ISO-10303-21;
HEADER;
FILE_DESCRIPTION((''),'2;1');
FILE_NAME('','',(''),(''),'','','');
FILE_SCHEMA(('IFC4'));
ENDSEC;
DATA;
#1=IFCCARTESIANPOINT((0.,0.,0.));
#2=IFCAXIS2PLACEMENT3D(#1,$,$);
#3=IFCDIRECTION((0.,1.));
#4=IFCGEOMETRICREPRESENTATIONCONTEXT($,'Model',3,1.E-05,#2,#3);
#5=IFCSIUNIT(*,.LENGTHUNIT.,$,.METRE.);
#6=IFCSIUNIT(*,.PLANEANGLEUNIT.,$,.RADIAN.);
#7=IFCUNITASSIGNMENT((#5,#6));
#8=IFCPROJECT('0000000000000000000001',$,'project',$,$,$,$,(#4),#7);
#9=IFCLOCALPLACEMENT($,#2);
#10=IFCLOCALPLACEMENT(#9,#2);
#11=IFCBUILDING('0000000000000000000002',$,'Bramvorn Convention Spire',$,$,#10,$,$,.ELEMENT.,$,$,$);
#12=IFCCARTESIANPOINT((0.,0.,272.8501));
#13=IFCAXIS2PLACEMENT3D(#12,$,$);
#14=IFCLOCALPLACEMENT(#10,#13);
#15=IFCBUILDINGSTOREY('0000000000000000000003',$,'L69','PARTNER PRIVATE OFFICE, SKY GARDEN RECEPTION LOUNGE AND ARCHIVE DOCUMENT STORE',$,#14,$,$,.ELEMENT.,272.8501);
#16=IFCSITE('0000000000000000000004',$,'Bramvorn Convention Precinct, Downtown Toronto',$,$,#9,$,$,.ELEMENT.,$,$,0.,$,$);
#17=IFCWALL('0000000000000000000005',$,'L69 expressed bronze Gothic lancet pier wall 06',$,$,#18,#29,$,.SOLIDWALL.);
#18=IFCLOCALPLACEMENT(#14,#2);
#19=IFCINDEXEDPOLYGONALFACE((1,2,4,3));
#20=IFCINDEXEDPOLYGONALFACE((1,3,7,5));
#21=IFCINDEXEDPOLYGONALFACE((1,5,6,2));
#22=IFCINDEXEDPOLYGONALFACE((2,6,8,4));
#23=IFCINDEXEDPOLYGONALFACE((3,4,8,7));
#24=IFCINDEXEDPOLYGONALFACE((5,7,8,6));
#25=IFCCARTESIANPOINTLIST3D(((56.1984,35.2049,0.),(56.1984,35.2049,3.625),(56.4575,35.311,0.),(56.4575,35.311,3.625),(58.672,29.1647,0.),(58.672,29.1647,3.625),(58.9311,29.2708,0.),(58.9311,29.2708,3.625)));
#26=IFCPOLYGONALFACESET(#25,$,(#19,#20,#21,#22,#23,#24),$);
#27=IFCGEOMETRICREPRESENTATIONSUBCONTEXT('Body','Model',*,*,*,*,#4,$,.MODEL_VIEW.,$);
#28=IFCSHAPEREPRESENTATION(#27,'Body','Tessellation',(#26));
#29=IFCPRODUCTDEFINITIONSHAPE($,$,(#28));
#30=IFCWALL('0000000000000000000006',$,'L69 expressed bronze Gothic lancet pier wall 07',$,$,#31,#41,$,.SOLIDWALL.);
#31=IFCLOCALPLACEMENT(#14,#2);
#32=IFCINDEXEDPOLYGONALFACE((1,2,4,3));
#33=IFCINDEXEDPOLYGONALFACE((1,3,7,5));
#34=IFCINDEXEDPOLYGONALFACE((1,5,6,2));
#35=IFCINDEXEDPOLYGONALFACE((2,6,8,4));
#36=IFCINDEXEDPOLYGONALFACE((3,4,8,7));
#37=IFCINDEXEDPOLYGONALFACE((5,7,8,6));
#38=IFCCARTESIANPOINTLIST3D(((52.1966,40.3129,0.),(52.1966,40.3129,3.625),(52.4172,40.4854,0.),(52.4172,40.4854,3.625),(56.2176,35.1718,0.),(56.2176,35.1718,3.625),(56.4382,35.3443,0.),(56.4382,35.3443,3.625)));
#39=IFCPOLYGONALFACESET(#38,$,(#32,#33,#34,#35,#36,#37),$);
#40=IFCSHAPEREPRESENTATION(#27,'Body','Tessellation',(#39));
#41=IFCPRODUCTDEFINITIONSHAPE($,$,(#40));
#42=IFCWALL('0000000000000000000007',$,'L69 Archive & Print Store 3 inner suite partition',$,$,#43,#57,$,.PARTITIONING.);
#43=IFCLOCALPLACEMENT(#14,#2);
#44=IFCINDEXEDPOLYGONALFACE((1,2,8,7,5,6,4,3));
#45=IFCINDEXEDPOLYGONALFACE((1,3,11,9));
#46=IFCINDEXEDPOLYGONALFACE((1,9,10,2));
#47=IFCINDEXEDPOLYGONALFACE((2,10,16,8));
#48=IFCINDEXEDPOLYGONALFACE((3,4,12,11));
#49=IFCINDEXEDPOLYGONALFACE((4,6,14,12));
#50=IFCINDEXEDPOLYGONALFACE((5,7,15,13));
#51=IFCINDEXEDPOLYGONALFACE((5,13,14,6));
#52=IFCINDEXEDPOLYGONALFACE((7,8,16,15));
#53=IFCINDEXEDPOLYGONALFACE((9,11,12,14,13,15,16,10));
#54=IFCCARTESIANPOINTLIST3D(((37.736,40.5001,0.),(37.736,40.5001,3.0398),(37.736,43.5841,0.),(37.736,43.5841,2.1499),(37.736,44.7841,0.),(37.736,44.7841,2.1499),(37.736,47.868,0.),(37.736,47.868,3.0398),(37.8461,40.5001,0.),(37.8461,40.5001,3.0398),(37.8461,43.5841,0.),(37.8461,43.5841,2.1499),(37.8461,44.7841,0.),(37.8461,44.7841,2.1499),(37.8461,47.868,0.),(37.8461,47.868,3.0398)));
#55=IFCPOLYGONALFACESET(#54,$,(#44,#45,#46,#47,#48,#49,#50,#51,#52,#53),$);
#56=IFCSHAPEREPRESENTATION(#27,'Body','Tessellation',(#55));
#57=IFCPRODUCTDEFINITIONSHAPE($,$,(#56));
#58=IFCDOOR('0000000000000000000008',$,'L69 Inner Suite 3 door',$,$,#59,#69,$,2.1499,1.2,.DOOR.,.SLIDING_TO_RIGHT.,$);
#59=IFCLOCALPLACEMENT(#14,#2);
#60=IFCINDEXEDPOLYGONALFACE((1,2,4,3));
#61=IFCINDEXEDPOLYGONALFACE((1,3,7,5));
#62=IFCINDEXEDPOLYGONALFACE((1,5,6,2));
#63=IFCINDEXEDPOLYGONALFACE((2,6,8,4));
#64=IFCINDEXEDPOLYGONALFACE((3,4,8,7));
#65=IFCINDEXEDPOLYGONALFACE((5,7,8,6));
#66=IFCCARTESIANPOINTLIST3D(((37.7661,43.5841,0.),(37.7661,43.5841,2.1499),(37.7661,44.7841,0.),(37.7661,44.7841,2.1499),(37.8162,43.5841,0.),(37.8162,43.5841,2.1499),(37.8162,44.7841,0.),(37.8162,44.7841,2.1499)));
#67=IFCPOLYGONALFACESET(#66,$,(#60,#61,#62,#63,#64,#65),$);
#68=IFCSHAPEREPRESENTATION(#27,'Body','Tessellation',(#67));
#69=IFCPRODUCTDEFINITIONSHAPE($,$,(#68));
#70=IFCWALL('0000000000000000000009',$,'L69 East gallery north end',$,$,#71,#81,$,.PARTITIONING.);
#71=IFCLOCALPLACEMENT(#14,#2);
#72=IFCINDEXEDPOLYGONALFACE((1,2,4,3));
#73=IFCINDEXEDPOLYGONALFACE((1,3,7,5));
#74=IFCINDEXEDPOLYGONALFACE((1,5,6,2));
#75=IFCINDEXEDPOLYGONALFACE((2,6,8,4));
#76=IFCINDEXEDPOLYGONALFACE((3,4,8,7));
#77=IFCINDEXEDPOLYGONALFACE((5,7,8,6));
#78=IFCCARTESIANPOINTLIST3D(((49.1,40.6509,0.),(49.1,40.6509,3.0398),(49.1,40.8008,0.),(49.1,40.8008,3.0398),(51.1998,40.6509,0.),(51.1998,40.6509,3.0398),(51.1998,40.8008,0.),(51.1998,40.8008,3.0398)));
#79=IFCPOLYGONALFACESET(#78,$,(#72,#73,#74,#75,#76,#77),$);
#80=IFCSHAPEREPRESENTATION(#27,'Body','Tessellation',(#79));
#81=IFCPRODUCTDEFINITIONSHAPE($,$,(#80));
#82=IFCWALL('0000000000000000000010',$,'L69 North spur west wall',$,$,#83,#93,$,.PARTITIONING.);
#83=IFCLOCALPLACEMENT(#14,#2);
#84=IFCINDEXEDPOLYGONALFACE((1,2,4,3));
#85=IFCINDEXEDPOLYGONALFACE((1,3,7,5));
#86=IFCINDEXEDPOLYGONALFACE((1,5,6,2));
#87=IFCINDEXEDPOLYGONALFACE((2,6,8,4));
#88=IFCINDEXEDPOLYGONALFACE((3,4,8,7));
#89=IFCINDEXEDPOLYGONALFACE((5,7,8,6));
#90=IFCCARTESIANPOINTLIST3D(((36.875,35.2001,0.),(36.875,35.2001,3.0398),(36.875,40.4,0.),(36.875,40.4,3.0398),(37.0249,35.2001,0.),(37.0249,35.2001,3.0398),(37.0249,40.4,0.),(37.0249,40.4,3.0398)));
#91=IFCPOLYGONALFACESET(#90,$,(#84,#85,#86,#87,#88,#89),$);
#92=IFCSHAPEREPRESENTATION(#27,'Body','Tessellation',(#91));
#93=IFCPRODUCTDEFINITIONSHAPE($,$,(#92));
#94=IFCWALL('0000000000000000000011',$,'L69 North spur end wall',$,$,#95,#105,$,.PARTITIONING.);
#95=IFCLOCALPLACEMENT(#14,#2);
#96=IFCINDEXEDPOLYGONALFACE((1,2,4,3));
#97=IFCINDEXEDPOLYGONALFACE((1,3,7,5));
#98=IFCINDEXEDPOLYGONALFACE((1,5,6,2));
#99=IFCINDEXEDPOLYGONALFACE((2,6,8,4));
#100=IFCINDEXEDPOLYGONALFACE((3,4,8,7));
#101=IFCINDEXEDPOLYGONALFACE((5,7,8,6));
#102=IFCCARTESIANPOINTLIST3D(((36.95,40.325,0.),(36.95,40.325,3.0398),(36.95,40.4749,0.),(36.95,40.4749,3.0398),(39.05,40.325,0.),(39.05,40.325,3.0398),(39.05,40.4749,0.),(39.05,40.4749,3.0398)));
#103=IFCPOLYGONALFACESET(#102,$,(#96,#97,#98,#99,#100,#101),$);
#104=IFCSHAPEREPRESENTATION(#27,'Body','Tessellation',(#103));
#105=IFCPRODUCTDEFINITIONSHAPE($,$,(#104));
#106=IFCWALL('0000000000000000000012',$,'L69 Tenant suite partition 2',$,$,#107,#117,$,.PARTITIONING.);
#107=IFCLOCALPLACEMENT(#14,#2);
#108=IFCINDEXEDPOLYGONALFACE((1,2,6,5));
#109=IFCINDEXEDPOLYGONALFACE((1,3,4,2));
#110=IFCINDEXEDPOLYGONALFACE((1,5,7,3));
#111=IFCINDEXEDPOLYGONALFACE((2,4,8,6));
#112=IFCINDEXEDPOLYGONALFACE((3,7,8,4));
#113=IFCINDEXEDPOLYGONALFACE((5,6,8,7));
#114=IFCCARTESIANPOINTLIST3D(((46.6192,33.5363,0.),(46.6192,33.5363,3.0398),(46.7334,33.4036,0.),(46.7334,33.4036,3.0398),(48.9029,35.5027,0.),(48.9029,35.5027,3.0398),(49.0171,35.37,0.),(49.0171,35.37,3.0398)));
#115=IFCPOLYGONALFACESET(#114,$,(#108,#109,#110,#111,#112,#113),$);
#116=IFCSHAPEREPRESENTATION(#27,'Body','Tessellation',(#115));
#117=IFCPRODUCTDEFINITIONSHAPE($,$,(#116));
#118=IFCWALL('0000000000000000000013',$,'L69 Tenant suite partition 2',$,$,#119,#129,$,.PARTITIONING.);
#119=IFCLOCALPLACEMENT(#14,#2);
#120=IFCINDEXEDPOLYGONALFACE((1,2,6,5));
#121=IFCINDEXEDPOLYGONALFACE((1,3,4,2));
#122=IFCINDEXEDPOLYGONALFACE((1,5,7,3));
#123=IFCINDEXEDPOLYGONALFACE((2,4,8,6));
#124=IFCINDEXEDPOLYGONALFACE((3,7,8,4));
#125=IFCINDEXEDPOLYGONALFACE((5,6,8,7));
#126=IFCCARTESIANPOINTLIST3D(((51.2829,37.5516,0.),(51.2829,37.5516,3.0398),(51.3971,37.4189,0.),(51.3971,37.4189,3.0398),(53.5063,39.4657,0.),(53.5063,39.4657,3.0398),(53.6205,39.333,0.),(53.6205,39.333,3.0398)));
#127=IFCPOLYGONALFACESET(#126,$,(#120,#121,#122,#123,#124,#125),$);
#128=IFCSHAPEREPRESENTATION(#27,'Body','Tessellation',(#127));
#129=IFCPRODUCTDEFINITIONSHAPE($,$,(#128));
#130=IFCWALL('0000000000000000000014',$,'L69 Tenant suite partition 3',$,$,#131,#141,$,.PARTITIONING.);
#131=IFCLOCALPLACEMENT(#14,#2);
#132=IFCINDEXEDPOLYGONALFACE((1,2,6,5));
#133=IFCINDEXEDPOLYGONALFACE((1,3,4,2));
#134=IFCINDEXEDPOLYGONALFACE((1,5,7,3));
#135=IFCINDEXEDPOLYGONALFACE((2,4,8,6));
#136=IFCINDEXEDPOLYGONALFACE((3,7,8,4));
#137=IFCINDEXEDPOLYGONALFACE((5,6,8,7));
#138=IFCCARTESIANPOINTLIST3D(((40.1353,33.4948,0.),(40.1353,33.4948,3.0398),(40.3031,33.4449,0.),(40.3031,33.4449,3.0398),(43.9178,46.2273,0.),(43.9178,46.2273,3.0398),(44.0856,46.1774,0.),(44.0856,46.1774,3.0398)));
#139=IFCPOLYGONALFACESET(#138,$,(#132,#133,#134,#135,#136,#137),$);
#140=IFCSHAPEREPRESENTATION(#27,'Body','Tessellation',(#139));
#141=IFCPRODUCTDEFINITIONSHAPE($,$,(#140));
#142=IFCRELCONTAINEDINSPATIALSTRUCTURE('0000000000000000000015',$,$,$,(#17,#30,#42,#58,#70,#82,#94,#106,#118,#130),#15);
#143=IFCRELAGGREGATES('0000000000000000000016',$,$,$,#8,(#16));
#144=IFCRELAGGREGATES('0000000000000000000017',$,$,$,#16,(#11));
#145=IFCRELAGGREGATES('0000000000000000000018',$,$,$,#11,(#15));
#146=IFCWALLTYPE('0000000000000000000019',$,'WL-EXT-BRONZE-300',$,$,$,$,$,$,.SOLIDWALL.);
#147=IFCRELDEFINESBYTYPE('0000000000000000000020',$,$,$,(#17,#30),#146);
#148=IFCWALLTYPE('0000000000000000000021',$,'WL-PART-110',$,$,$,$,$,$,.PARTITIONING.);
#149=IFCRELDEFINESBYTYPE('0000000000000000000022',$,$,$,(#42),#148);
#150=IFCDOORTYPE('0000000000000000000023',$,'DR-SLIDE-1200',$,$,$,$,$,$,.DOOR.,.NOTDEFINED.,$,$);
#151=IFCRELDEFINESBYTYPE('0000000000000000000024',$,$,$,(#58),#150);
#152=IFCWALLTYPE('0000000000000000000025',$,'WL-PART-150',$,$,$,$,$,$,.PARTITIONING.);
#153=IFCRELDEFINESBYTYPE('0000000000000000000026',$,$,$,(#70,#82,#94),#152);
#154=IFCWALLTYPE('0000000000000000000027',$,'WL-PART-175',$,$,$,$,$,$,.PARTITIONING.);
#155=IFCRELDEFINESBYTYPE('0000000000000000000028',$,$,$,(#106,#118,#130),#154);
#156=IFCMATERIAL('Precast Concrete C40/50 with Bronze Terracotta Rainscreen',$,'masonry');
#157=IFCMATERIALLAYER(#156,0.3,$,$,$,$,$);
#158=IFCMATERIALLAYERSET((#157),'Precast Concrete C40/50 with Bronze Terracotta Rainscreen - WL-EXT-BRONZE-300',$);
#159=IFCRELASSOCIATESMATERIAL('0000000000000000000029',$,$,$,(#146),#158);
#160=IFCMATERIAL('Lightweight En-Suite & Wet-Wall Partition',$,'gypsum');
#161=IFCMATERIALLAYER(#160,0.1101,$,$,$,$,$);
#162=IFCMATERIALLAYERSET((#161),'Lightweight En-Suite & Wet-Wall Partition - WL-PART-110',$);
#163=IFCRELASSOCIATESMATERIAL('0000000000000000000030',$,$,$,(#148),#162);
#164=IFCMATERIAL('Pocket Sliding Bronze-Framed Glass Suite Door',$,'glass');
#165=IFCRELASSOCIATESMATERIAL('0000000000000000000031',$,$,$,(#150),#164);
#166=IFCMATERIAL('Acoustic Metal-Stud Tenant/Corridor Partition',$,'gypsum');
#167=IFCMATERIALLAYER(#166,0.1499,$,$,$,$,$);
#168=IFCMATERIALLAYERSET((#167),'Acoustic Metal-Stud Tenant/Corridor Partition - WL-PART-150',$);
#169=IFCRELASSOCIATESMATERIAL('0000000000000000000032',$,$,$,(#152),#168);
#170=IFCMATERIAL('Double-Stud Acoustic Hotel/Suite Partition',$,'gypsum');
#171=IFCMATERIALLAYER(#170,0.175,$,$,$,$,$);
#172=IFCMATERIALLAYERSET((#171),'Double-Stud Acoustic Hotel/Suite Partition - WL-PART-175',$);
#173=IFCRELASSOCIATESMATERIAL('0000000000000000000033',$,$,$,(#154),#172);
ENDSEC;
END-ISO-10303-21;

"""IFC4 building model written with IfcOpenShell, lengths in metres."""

from ifc_helpers import new_model, si_unit, direction, frame, frame_2d, origin, place, context, subcontext, project, spatial, rectangle, extrude, material, layer, layer_set, type_object, element, fill, save


model = new_model("IFC4")

# Units and contexts
model_context = context("Model", 3, precision=1e-05, world=origin(), true_north=direction((0.0, 1.0)))
body_context = subcontext(model_context, "Body", "Model", "MODEL_VIEW")
ifc_project = project(units=[si_unit("LENGTHUNIT", "METRE"), si_unit("PLANEANGLEUNIT", "RADIAN")], contexts=[model_context])

# Site, building, storey
site_placement = place(None, origin())
site = spatial("IfcSite", under=ifc_project, at=site_placement, Name="Bramvorn Convention Precinct, Downtown Toronto", CompositionType="ELEMENT", RefElevation=0.0)
building_placement = place(site_placement, origin())
building = spatial("IfcBuilding", under=site, at=building_placement, Name="Bramvorn Convention Spire", CompositionType="ELEMENT")
storey_placement = place(building_placement, frame((0.0, 0.0, 272.8501)))
storey = spatial("IfcBuildingStorey", under=building, at=storey_placement, Name="L69", Description="PARTNER PRIVATE OFFICE, SKY GARDEN RECEPTION LOUNGE AND ARCHIVE DOCUMENT STORE", CompositionType="ELEMENT", Elevation=272.8501)

# Walls
ifc_material_1 = material(Name="Precast Concrete C40/50 with Bronze Terracotta Rainscreen", Category="masonry")
ifc_layer_1 = layer(ifc_material_1, 0.3)
ifc_layer_set_1 = layer_set([ifc_layer_1], Name="Precast Concrete C40/50 with Bronze Terracotta Rainscreen - WL-EXT-BRONZE-300")
wall_type_1 = type_object("IfcWallType", Name="WL-EXT-BRONZE-300", PredefinedType="SOLIDWALL", material=ifc_layer_set_1)
wall_1_placement = place(storey_placement, frame((56.3279, 35.2581, 0.0), z_axis=(0.0, 0.0, 1.0), x_axis=(0.378975, -0.925407, 0.0)))
element("IfcWall", 1, at=wall_1_placement, inside=storey, type_object=wall_type_1, Name="L69 expressed bronze Gothic lancet pier wall 06", PredefinedType="SOLIDWALL", context=body_context, shape_type="SweptSolid", body=[
    extrude(rectangle(XDim=6.5271, YDim=0.28, at=frame_2d((3.2637, 0.0))), origin(), (0.0, 0.0, 1.0), 3.625),
])
wall_2_placement = place(storey_placement, frame((52.3069, 40.3992, 0.0), z_axis=(0.0, 0.0, 1.0), x_axis=(0.616072, -0.78769, 0.0)))
element("IfcWall", 2, at=wall_2_placement, inside=storey, type_object=wall_type_1, Name="L69 expressed bronze Gothic lancet pier wall 07", PredefinedType="SOLIDWALL", context=body_context, shape_type="SweptSolid", body=[
    extrude(rectangle(XDim=6.5269, YDim=0.28, at=frame_2d((3.2634, 0.0))), origin(), (0.0, 0.0, 1.0), 3.625),
])

# Wall, opening, door
ifc_material_2 = material(Name="Lightweight En-Suite & Wet-Wall Partition", Category="gypsum")
ifc_layer_2 = layer(ifc_material_2, 0.1101)
ifc_layer_set_2 = layer_set([ifc_layer_2], Name="Lightweight En-Suite & Wet-Wall Partition - WL-PART-110")
wall_type_2 = type_object("IfcWallType", Name="WL-PART-110", PredefinedType="PARTITIONING", material=ifc_layer_set_2)
wall_3_placement = place(storey_placement, frame((37.791, 40.5, 0.0), z_axis=(0.0, 0.0, 1.0), x_axis=(0.0, 1.0, 0.0)))
wall_3 = element("IfcWall", 3, at=wall_3_placement, inside=storey, type_object=wall_type_2, Name="L69 Archive & Print Store 3 inner suite partition", PredefinedType="PARTITIONING", context=body_context, shape_type="SweptSolid", body=[
    extrude(rectangle(XDim=7.3679, YDim=0.1101, at=frame_2d((3.6841, 0.0))), origin(), (0.0, 0.0, 1.0), 3.0398),
])
opening_placement = place(wall_3_placement, frame((3.084, 0.0, 0.0)))
opening = element("IfcOpeningElement", 4, at=opening_placement, cuts=wall_3, PredefinedType="OPENING", context=body_context, shape_type="SweptSolid", body=[
    extrude(rectangle(XDim=1.2, YDim=2.1499, at=frame_2d((0.6001, 1.075))), frame((0.0, 0.0649, 0.0), z_axis=(0.0, -1.0, 0.0), x_axis=(1.0, 0.0, 0.0)), (0.0, 0.0, 1.0), 0.1301),
])
ifc_material_3 = material(Name="Pocket Sliding Bronze-Framed Glass Suite Door", Category="glass")
door_type = type_object("IfcDoorType", Name="DR-SLIDE-1200", OperationType="NOTDEFINED", PredefinedType="DOOR", material=ifc_material_3)
door_placement = place(opening_placement, origin())
door = element("IfcDoor", 5, at=door_placement, inside=storey, type_object=door_type, Name="L69 Inner Suite 3 door", OperationType="SLIDING_TO_RIGHT", OverallHeight=2.1499, OverallWidth=1.2, PredefinedType="DOOR", context=body_context, shape_type="SweptSolid", body=[
    extrude(rectangle(XDim=1.2, YDim=2.1499, at=frame_2d((0.6001, 1.075))), frame((0.0, 0.0249, 0.0), z_axis=(0.0, -1.0, 0.0), x_axis=(1.0, 0.0, 0.0)), (0.0, 0.0, 1.0), 0.05),
])
fill(opening, door)

# Walls
ifc_material_4 = material(Name="Acoustic Metal-Stud Tenant/Corridor Partition", Category="gypsum")
ifc_layer_3 = layer(ifc_material_4, 0.1499)
ifc_layer_set_3 = layer_set([ifc_layer_3], Name="Acoustic Metal-Stud Tenant/Corridor Partition - WL-PART-150")
wall_type_3 = type_object("IfcWallType", Name="WL-PART-150", PredefinedType="PARTITIONING", material=ifc_layer_set_3)
wall_4_placement = place(storey_placement, frame((49.1001, 40.7258, 0.0), z_axis=(0.0, 0.0, 1.0), x_axis=(1.0, 0.0, 0.0)))
element("IfcWall", 6, at=wall_4_placement, inside=storey, type_object=wall_type_3, Name="L69 East gallery north end", PredefinedType="PARTITIONING", context=body_context, shape_type="SweptSolid", body=[
    extrude(rectangle(XDim=2.0999, YDim=0.1499, at=frame_2d((1.0498, 0.0))), origin(), (0.0, 0.0, 1.0), 3.0398),
])
wall_5_placement = place(storey_placement, frame((36.95, 35.2, 0.0), z_axis=(0.0, 0.0, 1.0), x_axis=(0.0, 1.0, 0.0)))
element("IfcWall", 7, at=wall_5_placement, inside=storey, type_object=wall_type_3, Name="L69 North spur west wall", PredefinedType="PARTITIONING", context=body_context, shape_type="SweptSolid", body=[
    extrude(rectangle(XDim=5.2, YDim=0.1499, at=frame_2d((2.6001, 0.0))), origin(), (0.0, 0.0, 1.0), 3.0398),
])
wall_6_placement = place(storey_placement, frame((36.95, 40.3999, 0.0), z_axis=(0.0, 0.0, 1.0), x_axis=(1.0, 0.0, 0.0)))
element("IfcWall", 8, at=wall_6_placement, inside=storey, type_object=wall_type_3, Name="L69 North spur end wall", PredefinedType="PARTITIONING", context=body_context, shape_type="SweptSolid", body=[
    extrude(rectangle(XDim=2.1001, YDim=0.1499, at=frame_2d((1.05, 0.0))), origin(), (0.0, 0.0, 1.0), 3.0398),
])
ifc_material_5 = material(Name="Double-Stud Acoustic Hotel/Suite Partition", Category="gypsum")
ifc_layer_4 = layer(ifc_material_5, 0.175)
ifc_layer_set_4 = layer_set([ifc_layer_4], Name="Double-Stud Acoustic Hotel/Suite Partition - WL-PART-175")
wall_type_4 = type_object("IfcWallType", Name="WL-PART-175", PredefinedType="PARTITIONING", material=ifc_layer_set_4)
wall_7_placement = place(storey_placement, frame((46.6763, 33.47, 0.0), z_axis=(0.0, 0.0, 1.0), x_axis=(0.757802, 0.652484, 0.0)))
element("IfcWall", 9, at=wall_7_placement, inside=storey, type_object=wall_type_4, Name="L69 Tenant suite partition 2", PredefinedType="PARTITIONING", context=body_context, shape_type="SweptSolid", body=[
    extrude(rectangle(XDim=3.0137, YDim=0.175, at=frame_2d((1.5068, 0.0))), origin(), (0.0, 0.0, 1.0), 3.0398),
])
wall_8_placement = place(storey_placement, frame((51.3401, 37.4854, 0.0), z_axis=(0.0, 0.0, 1.0), x_axis=(0.757857, 0.652421, 0.0)))
element("IfcWall", 10, at=wall_8_placement, inside=storey, type_object=wall_type_4, Name="L69 Tenant suite partition 2", PredefinedType="PARTITIONING", context=body_context, shape_type="SweptSolid", body=[
    extrude(rectangle(XDim=2.9338, YDim=0.175, at=frame_2d((1.4668, 0.0))), origin(), (0.0, 0.0, 1.0), 3.0398),
])
wall_9_placement = place(storey_placement, frame((40.2192, 33.47, 0.0), z_axis=(0.0, 0.0, 1.0), x_axis=(0.284774, 0.958595, 0.0)))
element("IfcWall", 11, at=wall_9_placement, inside=storey, type_object=wall_type_4, Name="L69 Tenant suite partition 3", PredefinedType="PARTITIONING", context=body_context, shape_type="SweptSolid", body=[
    extrude(rectangle(XDim=13.2825, YDim=0.175, at=frame_2d((6.6411, 0.0))), origin(), (0.0, 0.0, 1.0), 3.0398),
])

save(model, "model.ifc")
